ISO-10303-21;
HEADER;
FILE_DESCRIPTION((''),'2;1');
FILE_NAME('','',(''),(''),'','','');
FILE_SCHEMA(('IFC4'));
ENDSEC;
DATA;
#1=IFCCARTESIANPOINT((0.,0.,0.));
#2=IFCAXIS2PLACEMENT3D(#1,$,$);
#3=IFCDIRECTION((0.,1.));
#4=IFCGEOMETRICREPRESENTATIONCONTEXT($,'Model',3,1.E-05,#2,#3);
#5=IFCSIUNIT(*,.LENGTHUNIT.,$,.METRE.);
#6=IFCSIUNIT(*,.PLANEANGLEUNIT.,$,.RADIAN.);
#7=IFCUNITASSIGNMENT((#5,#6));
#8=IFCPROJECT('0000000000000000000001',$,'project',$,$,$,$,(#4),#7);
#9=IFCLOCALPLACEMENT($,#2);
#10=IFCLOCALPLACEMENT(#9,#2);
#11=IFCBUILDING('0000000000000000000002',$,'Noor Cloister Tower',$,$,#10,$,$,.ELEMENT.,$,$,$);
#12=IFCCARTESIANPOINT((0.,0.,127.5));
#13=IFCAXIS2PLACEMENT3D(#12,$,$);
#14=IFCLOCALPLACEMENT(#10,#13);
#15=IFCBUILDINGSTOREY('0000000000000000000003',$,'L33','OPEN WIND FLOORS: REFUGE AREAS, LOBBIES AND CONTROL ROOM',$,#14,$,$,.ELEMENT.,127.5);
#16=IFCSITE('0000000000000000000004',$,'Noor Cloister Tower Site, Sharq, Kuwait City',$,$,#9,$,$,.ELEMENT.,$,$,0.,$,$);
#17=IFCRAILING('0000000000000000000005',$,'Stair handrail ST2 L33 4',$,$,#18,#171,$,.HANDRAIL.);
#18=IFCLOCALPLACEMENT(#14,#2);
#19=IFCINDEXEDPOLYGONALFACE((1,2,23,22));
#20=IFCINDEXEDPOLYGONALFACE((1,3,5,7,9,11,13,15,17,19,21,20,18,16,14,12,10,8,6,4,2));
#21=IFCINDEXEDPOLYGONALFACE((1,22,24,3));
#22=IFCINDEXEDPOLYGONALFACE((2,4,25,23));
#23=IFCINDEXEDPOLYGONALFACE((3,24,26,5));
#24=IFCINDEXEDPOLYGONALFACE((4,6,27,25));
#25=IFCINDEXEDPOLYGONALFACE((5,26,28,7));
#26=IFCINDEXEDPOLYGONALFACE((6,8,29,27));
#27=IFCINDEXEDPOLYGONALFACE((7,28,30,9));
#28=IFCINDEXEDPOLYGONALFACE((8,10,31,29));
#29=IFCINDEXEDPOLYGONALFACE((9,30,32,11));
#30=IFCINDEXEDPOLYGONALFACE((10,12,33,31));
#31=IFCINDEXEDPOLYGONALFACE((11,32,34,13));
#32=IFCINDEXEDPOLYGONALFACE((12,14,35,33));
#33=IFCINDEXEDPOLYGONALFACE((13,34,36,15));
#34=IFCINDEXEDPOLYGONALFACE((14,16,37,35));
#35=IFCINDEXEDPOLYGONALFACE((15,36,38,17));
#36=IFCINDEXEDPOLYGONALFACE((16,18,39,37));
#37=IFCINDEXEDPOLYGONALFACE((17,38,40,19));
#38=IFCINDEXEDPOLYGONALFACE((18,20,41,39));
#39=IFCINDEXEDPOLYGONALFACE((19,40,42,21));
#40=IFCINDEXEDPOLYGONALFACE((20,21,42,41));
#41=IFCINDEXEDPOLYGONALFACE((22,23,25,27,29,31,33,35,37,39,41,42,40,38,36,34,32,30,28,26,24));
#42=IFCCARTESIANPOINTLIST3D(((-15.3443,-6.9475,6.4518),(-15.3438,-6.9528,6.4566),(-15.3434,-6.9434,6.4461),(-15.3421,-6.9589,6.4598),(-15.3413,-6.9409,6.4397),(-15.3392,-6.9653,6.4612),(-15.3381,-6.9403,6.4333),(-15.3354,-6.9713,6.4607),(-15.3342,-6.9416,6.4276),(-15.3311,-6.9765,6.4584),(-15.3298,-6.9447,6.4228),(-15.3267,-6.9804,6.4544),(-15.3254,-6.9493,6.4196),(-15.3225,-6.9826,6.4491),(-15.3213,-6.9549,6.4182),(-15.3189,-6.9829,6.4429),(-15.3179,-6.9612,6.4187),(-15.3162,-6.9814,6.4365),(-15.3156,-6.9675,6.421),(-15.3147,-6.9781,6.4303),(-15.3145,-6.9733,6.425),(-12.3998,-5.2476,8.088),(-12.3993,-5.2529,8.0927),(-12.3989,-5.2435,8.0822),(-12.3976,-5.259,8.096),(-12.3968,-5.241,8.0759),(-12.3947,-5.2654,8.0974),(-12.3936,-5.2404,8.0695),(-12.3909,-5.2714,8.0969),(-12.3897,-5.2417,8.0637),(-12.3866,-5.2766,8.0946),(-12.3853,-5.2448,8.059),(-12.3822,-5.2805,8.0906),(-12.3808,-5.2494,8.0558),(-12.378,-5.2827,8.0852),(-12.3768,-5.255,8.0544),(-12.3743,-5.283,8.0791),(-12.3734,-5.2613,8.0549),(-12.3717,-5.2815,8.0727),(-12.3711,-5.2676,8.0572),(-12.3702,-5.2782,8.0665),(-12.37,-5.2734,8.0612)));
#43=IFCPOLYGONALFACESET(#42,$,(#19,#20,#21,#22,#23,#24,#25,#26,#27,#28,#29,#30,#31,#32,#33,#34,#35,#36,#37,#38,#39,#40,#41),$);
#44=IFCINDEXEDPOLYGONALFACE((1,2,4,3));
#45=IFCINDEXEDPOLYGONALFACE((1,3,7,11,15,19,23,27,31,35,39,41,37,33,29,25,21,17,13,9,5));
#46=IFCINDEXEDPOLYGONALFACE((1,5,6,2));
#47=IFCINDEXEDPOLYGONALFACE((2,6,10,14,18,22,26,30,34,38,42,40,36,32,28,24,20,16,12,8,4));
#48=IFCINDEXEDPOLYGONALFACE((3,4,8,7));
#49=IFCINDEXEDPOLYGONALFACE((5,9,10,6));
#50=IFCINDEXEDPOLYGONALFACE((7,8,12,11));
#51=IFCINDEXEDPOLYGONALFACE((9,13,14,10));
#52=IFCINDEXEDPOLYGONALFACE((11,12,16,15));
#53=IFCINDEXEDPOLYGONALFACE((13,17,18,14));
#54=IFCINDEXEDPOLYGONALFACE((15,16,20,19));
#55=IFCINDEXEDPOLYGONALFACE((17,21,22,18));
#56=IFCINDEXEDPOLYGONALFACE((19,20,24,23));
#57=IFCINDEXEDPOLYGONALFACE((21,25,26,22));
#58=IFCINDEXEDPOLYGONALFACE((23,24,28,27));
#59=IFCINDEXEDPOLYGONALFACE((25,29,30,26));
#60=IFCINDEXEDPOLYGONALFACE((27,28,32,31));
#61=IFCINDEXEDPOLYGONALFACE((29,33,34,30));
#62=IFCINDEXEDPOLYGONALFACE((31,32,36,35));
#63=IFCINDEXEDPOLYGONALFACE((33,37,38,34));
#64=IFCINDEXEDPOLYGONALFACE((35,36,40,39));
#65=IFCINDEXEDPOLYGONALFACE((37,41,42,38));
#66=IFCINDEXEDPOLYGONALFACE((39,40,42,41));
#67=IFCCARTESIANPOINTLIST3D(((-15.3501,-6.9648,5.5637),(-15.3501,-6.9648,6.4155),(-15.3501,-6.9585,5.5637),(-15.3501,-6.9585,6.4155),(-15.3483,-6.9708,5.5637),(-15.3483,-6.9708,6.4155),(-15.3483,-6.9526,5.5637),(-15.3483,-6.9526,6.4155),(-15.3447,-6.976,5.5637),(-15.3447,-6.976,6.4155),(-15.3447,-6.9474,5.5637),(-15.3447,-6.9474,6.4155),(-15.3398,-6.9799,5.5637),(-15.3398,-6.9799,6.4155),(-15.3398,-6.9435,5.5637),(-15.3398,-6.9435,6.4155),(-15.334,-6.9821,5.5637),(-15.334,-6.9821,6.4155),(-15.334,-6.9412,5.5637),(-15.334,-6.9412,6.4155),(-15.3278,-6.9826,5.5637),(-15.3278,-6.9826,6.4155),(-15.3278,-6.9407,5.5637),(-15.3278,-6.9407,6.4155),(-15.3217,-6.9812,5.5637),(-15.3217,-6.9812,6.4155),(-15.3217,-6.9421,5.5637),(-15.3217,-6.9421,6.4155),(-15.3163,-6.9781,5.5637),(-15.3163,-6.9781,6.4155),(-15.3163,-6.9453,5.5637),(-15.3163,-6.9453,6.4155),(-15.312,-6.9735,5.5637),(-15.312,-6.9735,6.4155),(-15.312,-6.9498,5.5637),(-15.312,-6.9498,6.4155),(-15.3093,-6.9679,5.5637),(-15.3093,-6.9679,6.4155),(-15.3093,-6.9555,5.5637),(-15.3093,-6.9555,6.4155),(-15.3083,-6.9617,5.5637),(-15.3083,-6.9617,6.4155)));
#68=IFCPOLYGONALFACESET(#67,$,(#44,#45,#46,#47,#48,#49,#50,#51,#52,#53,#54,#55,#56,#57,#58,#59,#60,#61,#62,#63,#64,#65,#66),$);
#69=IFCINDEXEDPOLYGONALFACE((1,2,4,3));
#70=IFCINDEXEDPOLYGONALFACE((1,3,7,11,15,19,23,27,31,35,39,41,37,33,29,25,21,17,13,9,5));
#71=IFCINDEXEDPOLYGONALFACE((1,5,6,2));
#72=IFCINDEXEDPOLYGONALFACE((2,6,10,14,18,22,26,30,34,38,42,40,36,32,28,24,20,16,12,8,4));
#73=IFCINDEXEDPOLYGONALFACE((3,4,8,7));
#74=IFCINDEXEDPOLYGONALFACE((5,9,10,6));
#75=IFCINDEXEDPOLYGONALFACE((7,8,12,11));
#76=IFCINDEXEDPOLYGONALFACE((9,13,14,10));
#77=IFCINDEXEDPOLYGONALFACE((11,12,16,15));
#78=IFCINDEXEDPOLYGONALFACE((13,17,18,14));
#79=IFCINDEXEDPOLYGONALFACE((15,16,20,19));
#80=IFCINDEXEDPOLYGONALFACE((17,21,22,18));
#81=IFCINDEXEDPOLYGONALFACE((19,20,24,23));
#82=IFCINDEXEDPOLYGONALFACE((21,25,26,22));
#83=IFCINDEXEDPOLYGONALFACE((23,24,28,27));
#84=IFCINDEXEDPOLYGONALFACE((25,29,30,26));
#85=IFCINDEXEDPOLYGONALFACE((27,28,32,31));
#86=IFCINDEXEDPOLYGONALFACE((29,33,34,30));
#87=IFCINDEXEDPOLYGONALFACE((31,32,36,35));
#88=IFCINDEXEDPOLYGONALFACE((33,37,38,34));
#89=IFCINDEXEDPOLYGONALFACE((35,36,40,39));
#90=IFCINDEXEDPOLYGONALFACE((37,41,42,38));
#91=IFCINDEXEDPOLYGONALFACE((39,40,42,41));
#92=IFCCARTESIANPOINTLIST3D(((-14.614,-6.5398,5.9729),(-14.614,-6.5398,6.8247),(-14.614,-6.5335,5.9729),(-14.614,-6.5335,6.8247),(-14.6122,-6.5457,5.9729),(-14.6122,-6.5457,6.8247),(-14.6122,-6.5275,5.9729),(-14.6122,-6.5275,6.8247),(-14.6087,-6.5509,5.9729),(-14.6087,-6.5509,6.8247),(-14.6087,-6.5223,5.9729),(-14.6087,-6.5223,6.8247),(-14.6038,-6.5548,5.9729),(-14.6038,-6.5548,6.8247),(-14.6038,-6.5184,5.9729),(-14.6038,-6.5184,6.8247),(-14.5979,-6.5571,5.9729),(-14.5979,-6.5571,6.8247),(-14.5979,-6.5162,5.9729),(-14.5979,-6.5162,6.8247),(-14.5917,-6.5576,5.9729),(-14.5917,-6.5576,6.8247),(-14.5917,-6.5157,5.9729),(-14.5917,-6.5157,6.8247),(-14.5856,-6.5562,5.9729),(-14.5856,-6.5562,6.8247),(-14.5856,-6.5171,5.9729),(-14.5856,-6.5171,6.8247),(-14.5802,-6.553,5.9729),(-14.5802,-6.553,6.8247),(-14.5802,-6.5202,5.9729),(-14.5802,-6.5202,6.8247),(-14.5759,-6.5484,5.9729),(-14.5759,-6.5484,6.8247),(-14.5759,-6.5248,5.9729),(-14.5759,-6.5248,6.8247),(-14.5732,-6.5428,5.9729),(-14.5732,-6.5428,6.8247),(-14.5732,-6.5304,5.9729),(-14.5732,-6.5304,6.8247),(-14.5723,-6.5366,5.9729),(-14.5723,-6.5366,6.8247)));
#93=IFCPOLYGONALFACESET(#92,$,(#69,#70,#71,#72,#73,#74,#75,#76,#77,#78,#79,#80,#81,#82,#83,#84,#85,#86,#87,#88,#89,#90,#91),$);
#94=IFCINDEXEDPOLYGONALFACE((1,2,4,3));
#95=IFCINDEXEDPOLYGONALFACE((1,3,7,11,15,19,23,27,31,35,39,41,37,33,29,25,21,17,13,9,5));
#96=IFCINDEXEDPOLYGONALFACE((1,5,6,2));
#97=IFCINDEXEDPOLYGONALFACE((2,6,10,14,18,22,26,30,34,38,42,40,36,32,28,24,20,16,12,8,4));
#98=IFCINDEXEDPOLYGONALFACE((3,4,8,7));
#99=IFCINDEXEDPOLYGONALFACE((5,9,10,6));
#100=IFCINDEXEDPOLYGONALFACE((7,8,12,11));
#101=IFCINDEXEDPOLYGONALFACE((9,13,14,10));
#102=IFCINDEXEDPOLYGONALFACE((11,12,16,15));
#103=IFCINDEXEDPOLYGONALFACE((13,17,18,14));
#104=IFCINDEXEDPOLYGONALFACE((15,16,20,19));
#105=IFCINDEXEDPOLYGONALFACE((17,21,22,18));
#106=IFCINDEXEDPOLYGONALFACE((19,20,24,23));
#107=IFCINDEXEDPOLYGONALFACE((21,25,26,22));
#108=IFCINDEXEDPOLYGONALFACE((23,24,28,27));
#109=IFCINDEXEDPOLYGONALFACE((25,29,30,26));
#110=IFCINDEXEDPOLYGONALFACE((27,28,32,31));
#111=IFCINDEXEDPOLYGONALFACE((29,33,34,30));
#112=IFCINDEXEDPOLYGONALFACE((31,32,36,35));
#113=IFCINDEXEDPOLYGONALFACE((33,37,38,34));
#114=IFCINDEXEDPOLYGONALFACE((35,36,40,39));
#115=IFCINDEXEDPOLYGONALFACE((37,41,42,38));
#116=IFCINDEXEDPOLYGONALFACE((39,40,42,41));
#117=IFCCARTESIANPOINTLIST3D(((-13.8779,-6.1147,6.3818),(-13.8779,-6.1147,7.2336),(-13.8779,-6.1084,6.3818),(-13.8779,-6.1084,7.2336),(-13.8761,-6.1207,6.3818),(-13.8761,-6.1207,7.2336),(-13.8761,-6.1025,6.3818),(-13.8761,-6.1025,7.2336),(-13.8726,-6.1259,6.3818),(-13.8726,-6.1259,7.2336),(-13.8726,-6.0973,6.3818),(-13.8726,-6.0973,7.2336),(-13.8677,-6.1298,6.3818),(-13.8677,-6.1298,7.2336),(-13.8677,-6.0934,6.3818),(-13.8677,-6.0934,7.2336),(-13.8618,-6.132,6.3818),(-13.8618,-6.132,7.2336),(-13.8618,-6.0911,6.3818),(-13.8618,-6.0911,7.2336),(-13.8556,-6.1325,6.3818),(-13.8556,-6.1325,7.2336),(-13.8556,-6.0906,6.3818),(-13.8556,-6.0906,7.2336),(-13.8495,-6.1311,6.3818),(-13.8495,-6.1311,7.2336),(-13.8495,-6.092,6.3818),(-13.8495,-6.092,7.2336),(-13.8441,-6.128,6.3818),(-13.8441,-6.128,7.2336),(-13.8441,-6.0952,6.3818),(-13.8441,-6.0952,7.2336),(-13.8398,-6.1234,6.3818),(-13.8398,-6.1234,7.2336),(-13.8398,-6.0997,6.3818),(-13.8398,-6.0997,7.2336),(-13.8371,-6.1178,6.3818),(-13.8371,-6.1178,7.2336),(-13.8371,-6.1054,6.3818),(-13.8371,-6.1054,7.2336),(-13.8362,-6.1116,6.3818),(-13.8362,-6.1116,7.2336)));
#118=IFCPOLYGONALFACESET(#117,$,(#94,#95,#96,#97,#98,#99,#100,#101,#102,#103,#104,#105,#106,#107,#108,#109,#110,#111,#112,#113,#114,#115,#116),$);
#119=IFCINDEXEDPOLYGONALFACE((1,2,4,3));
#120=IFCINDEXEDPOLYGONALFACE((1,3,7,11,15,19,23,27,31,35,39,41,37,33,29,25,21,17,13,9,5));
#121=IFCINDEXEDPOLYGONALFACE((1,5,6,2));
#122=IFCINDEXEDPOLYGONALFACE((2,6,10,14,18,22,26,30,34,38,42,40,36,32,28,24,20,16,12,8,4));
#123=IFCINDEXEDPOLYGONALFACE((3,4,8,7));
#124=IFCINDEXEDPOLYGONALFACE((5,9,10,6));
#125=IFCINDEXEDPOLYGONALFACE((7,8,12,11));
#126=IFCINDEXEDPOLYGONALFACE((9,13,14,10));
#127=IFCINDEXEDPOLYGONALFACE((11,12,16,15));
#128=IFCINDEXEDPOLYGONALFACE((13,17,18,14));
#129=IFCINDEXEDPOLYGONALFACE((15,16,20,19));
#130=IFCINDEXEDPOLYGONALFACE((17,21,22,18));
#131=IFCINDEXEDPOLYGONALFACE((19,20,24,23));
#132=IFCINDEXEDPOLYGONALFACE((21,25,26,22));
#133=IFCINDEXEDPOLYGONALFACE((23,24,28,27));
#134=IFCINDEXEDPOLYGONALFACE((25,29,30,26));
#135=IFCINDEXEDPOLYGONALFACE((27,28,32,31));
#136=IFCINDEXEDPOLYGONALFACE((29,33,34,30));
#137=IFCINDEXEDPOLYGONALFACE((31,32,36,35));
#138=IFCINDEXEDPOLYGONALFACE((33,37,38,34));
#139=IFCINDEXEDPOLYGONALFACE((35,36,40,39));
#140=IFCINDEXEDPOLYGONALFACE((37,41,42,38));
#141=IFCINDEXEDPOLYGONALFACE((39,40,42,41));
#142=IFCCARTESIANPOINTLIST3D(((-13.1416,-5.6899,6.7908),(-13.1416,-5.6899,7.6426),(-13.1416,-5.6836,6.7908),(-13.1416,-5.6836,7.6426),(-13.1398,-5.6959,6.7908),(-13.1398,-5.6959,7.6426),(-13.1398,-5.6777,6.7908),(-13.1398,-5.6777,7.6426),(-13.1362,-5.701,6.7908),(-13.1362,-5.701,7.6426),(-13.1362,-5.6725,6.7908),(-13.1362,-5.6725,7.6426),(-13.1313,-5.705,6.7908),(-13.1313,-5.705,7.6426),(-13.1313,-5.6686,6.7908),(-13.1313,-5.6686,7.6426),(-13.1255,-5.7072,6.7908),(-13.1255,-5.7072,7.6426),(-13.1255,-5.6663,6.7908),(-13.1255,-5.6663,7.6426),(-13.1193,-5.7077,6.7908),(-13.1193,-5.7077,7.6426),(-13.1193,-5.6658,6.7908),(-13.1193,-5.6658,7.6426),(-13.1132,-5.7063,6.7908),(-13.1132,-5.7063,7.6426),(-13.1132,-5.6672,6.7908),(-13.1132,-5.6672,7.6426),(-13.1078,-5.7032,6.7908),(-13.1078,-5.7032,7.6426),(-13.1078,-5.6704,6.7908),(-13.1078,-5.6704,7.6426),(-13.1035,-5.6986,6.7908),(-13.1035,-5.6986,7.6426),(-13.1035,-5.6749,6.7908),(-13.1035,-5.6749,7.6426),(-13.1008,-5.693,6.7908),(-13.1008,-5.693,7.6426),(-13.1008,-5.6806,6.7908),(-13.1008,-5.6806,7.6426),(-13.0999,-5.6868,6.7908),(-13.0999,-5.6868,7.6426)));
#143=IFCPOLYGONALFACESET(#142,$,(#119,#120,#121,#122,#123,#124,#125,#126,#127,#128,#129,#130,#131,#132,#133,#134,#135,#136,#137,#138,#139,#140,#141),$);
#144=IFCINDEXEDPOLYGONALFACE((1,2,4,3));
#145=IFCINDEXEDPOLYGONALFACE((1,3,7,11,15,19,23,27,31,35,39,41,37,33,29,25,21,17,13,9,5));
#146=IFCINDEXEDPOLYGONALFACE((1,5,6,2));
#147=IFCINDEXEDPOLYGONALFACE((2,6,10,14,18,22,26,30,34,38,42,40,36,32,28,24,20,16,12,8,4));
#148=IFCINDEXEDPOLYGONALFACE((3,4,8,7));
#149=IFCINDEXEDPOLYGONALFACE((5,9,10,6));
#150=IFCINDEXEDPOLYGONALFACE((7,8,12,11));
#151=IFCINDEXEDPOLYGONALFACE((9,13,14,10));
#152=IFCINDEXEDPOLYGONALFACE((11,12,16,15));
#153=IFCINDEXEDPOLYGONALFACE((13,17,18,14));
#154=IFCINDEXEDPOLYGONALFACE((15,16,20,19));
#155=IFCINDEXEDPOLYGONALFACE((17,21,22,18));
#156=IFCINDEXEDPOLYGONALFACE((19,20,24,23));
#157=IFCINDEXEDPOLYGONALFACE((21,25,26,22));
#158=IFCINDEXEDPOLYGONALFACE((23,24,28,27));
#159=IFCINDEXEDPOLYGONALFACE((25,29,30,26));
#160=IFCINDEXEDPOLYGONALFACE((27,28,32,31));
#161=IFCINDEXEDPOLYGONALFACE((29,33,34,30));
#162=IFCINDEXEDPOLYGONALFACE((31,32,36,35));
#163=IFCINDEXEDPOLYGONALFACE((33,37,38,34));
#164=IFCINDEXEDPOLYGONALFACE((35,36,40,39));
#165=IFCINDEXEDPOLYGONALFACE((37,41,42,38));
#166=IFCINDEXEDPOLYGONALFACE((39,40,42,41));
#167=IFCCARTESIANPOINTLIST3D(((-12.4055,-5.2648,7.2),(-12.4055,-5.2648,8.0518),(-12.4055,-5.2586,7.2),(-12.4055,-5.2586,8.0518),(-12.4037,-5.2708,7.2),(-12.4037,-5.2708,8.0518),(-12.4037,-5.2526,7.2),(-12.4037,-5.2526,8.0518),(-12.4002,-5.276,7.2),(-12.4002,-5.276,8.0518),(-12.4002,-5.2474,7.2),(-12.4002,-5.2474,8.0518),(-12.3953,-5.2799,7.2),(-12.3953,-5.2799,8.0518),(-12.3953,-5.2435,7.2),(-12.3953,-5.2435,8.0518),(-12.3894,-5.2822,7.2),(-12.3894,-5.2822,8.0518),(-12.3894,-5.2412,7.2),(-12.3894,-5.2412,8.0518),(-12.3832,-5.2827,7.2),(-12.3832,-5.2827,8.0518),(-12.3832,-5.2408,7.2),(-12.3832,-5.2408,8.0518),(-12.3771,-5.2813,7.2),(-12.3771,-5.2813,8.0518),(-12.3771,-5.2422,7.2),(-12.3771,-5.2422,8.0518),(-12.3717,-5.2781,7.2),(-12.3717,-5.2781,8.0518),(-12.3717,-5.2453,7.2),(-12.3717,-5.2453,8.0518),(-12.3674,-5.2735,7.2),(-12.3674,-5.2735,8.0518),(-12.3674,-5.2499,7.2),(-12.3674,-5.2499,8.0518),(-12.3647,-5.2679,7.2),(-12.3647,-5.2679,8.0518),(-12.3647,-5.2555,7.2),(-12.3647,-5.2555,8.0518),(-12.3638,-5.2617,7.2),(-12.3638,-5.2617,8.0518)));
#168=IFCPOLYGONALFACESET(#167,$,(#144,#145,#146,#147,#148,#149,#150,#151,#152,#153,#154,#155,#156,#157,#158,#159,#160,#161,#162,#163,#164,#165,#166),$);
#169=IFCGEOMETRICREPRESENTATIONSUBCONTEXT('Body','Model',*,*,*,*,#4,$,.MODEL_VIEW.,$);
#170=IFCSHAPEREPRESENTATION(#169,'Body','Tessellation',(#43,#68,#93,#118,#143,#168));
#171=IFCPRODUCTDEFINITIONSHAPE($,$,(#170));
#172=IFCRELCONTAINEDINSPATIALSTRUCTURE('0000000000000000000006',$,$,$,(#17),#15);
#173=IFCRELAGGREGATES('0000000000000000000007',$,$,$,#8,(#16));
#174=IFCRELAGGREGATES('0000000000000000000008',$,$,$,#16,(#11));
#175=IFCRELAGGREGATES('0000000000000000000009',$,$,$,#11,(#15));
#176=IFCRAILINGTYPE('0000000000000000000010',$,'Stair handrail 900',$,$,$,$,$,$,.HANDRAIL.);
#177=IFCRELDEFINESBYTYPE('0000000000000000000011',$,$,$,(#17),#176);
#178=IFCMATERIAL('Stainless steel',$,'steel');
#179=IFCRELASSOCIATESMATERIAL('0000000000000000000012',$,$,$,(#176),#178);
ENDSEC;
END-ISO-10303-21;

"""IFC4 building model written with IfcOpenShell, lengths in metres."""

from ifc_helpers import new_model, si_unit, direction, frame, origin, origin_2d, place, context, subcontext, project, spatial, circle, extrude, material, type_object, element, save


model = new_model("IFC4")

# Units and contexts
model_context = context("Model", 3, precision=1e-05, world=origin(), true_north=direction((0.0, 1.0)))
body_context = subcontext(model_context, "Body", "Model", "MODEL_VIEW")
ifc_project = project(units=[si_unit("LENGTHUNIT", "METRE"), si_unit("PLANEANGLEUNIT", "RADIAN")], contexts=[model_context])

# Site, building, storey
site_placement = place(None, origin())
site = spatial("IfcSite", under=ifc_project, at=site_placement, Name="Noor Cloister Tower Site, Sharq, Kuwait City", CompositionType="ELEMENT", RefElevation=0.0)
building_placement = place(site_placement, origin())
building = spatial("IfcBuilding", under=site, at=building_placement, Name="Noor Cloister Tower", CompositionType="ELEMENT")
storey_placement = place(building_placement, frame((0.0, 0.0, 127.5)))
storey = spatial("IfcBuildingStorey", under=building, at=storey_placement, Name="L33", Description="OPEN WIND FLOORS: REFUGE AREAS, LOBBIES AND CONTROL ROOM", CompositionType="ELEMENT", Elevation=127.5)

# Railing
ifc_material_1 = material(Name="Stainless steel", Category="steel")
railing_type_1 = type_object("IfcRailingType", Name="Stair handrail 900", PredefinedType="HANDRAIL", material=ifc_material_1)
railing_1_placement = place(storey_placement, frame((-15.3293, -6.9617, 5.5637)))
element("IfcRailing", 1, at=railing_1_placement, inside=storey, type_object=railing_type_1, Name="Stair handrail ST2 L33 4", PredefinedType="HANDRAIL", context=body_context, shape_type="SweptSolid", body=[
    extrude(circle(Radius=0.0239, at=origin_2d()), frame((0.0, 0.0, 0.876), z_axis=(0.780377, 0.450524, 0.433636), x_axis=(-0.499977, 0.866039, 0.0)), (0.0, 0.0, 1.0), 3.7732),
    extrude(circle(Radius=0.021, at=origin_2d()), origin(), (0.0, 0.0, 1.0), 0.8518),
    extrude(circle(Radius=0.021, at=origin_2d()), frame((0.7361, 0.425, 0.4092)), (0.0, 0.0, 1.0), 0.8518),
    extrude(circle(Radius=0.021, at=origin_2d()), frame((1.4722, 0.8501, 0.8181)), (0.0, 0.0, 1.0), 0.8518),
    extrude(circle(Radius=0.021, at=origin_2d()), frame((2.2085, 1.2749, 1.2271)), (0.0, 0.0, 1.0), 0.8518),
    extrude(circle(Radius=0.021, at=origin_2d()), frame((2.9446, 1.7, 1.6362)), (0.0, 0.0, 1.0), 0.8518),
])

save(model, "model.ifc")
